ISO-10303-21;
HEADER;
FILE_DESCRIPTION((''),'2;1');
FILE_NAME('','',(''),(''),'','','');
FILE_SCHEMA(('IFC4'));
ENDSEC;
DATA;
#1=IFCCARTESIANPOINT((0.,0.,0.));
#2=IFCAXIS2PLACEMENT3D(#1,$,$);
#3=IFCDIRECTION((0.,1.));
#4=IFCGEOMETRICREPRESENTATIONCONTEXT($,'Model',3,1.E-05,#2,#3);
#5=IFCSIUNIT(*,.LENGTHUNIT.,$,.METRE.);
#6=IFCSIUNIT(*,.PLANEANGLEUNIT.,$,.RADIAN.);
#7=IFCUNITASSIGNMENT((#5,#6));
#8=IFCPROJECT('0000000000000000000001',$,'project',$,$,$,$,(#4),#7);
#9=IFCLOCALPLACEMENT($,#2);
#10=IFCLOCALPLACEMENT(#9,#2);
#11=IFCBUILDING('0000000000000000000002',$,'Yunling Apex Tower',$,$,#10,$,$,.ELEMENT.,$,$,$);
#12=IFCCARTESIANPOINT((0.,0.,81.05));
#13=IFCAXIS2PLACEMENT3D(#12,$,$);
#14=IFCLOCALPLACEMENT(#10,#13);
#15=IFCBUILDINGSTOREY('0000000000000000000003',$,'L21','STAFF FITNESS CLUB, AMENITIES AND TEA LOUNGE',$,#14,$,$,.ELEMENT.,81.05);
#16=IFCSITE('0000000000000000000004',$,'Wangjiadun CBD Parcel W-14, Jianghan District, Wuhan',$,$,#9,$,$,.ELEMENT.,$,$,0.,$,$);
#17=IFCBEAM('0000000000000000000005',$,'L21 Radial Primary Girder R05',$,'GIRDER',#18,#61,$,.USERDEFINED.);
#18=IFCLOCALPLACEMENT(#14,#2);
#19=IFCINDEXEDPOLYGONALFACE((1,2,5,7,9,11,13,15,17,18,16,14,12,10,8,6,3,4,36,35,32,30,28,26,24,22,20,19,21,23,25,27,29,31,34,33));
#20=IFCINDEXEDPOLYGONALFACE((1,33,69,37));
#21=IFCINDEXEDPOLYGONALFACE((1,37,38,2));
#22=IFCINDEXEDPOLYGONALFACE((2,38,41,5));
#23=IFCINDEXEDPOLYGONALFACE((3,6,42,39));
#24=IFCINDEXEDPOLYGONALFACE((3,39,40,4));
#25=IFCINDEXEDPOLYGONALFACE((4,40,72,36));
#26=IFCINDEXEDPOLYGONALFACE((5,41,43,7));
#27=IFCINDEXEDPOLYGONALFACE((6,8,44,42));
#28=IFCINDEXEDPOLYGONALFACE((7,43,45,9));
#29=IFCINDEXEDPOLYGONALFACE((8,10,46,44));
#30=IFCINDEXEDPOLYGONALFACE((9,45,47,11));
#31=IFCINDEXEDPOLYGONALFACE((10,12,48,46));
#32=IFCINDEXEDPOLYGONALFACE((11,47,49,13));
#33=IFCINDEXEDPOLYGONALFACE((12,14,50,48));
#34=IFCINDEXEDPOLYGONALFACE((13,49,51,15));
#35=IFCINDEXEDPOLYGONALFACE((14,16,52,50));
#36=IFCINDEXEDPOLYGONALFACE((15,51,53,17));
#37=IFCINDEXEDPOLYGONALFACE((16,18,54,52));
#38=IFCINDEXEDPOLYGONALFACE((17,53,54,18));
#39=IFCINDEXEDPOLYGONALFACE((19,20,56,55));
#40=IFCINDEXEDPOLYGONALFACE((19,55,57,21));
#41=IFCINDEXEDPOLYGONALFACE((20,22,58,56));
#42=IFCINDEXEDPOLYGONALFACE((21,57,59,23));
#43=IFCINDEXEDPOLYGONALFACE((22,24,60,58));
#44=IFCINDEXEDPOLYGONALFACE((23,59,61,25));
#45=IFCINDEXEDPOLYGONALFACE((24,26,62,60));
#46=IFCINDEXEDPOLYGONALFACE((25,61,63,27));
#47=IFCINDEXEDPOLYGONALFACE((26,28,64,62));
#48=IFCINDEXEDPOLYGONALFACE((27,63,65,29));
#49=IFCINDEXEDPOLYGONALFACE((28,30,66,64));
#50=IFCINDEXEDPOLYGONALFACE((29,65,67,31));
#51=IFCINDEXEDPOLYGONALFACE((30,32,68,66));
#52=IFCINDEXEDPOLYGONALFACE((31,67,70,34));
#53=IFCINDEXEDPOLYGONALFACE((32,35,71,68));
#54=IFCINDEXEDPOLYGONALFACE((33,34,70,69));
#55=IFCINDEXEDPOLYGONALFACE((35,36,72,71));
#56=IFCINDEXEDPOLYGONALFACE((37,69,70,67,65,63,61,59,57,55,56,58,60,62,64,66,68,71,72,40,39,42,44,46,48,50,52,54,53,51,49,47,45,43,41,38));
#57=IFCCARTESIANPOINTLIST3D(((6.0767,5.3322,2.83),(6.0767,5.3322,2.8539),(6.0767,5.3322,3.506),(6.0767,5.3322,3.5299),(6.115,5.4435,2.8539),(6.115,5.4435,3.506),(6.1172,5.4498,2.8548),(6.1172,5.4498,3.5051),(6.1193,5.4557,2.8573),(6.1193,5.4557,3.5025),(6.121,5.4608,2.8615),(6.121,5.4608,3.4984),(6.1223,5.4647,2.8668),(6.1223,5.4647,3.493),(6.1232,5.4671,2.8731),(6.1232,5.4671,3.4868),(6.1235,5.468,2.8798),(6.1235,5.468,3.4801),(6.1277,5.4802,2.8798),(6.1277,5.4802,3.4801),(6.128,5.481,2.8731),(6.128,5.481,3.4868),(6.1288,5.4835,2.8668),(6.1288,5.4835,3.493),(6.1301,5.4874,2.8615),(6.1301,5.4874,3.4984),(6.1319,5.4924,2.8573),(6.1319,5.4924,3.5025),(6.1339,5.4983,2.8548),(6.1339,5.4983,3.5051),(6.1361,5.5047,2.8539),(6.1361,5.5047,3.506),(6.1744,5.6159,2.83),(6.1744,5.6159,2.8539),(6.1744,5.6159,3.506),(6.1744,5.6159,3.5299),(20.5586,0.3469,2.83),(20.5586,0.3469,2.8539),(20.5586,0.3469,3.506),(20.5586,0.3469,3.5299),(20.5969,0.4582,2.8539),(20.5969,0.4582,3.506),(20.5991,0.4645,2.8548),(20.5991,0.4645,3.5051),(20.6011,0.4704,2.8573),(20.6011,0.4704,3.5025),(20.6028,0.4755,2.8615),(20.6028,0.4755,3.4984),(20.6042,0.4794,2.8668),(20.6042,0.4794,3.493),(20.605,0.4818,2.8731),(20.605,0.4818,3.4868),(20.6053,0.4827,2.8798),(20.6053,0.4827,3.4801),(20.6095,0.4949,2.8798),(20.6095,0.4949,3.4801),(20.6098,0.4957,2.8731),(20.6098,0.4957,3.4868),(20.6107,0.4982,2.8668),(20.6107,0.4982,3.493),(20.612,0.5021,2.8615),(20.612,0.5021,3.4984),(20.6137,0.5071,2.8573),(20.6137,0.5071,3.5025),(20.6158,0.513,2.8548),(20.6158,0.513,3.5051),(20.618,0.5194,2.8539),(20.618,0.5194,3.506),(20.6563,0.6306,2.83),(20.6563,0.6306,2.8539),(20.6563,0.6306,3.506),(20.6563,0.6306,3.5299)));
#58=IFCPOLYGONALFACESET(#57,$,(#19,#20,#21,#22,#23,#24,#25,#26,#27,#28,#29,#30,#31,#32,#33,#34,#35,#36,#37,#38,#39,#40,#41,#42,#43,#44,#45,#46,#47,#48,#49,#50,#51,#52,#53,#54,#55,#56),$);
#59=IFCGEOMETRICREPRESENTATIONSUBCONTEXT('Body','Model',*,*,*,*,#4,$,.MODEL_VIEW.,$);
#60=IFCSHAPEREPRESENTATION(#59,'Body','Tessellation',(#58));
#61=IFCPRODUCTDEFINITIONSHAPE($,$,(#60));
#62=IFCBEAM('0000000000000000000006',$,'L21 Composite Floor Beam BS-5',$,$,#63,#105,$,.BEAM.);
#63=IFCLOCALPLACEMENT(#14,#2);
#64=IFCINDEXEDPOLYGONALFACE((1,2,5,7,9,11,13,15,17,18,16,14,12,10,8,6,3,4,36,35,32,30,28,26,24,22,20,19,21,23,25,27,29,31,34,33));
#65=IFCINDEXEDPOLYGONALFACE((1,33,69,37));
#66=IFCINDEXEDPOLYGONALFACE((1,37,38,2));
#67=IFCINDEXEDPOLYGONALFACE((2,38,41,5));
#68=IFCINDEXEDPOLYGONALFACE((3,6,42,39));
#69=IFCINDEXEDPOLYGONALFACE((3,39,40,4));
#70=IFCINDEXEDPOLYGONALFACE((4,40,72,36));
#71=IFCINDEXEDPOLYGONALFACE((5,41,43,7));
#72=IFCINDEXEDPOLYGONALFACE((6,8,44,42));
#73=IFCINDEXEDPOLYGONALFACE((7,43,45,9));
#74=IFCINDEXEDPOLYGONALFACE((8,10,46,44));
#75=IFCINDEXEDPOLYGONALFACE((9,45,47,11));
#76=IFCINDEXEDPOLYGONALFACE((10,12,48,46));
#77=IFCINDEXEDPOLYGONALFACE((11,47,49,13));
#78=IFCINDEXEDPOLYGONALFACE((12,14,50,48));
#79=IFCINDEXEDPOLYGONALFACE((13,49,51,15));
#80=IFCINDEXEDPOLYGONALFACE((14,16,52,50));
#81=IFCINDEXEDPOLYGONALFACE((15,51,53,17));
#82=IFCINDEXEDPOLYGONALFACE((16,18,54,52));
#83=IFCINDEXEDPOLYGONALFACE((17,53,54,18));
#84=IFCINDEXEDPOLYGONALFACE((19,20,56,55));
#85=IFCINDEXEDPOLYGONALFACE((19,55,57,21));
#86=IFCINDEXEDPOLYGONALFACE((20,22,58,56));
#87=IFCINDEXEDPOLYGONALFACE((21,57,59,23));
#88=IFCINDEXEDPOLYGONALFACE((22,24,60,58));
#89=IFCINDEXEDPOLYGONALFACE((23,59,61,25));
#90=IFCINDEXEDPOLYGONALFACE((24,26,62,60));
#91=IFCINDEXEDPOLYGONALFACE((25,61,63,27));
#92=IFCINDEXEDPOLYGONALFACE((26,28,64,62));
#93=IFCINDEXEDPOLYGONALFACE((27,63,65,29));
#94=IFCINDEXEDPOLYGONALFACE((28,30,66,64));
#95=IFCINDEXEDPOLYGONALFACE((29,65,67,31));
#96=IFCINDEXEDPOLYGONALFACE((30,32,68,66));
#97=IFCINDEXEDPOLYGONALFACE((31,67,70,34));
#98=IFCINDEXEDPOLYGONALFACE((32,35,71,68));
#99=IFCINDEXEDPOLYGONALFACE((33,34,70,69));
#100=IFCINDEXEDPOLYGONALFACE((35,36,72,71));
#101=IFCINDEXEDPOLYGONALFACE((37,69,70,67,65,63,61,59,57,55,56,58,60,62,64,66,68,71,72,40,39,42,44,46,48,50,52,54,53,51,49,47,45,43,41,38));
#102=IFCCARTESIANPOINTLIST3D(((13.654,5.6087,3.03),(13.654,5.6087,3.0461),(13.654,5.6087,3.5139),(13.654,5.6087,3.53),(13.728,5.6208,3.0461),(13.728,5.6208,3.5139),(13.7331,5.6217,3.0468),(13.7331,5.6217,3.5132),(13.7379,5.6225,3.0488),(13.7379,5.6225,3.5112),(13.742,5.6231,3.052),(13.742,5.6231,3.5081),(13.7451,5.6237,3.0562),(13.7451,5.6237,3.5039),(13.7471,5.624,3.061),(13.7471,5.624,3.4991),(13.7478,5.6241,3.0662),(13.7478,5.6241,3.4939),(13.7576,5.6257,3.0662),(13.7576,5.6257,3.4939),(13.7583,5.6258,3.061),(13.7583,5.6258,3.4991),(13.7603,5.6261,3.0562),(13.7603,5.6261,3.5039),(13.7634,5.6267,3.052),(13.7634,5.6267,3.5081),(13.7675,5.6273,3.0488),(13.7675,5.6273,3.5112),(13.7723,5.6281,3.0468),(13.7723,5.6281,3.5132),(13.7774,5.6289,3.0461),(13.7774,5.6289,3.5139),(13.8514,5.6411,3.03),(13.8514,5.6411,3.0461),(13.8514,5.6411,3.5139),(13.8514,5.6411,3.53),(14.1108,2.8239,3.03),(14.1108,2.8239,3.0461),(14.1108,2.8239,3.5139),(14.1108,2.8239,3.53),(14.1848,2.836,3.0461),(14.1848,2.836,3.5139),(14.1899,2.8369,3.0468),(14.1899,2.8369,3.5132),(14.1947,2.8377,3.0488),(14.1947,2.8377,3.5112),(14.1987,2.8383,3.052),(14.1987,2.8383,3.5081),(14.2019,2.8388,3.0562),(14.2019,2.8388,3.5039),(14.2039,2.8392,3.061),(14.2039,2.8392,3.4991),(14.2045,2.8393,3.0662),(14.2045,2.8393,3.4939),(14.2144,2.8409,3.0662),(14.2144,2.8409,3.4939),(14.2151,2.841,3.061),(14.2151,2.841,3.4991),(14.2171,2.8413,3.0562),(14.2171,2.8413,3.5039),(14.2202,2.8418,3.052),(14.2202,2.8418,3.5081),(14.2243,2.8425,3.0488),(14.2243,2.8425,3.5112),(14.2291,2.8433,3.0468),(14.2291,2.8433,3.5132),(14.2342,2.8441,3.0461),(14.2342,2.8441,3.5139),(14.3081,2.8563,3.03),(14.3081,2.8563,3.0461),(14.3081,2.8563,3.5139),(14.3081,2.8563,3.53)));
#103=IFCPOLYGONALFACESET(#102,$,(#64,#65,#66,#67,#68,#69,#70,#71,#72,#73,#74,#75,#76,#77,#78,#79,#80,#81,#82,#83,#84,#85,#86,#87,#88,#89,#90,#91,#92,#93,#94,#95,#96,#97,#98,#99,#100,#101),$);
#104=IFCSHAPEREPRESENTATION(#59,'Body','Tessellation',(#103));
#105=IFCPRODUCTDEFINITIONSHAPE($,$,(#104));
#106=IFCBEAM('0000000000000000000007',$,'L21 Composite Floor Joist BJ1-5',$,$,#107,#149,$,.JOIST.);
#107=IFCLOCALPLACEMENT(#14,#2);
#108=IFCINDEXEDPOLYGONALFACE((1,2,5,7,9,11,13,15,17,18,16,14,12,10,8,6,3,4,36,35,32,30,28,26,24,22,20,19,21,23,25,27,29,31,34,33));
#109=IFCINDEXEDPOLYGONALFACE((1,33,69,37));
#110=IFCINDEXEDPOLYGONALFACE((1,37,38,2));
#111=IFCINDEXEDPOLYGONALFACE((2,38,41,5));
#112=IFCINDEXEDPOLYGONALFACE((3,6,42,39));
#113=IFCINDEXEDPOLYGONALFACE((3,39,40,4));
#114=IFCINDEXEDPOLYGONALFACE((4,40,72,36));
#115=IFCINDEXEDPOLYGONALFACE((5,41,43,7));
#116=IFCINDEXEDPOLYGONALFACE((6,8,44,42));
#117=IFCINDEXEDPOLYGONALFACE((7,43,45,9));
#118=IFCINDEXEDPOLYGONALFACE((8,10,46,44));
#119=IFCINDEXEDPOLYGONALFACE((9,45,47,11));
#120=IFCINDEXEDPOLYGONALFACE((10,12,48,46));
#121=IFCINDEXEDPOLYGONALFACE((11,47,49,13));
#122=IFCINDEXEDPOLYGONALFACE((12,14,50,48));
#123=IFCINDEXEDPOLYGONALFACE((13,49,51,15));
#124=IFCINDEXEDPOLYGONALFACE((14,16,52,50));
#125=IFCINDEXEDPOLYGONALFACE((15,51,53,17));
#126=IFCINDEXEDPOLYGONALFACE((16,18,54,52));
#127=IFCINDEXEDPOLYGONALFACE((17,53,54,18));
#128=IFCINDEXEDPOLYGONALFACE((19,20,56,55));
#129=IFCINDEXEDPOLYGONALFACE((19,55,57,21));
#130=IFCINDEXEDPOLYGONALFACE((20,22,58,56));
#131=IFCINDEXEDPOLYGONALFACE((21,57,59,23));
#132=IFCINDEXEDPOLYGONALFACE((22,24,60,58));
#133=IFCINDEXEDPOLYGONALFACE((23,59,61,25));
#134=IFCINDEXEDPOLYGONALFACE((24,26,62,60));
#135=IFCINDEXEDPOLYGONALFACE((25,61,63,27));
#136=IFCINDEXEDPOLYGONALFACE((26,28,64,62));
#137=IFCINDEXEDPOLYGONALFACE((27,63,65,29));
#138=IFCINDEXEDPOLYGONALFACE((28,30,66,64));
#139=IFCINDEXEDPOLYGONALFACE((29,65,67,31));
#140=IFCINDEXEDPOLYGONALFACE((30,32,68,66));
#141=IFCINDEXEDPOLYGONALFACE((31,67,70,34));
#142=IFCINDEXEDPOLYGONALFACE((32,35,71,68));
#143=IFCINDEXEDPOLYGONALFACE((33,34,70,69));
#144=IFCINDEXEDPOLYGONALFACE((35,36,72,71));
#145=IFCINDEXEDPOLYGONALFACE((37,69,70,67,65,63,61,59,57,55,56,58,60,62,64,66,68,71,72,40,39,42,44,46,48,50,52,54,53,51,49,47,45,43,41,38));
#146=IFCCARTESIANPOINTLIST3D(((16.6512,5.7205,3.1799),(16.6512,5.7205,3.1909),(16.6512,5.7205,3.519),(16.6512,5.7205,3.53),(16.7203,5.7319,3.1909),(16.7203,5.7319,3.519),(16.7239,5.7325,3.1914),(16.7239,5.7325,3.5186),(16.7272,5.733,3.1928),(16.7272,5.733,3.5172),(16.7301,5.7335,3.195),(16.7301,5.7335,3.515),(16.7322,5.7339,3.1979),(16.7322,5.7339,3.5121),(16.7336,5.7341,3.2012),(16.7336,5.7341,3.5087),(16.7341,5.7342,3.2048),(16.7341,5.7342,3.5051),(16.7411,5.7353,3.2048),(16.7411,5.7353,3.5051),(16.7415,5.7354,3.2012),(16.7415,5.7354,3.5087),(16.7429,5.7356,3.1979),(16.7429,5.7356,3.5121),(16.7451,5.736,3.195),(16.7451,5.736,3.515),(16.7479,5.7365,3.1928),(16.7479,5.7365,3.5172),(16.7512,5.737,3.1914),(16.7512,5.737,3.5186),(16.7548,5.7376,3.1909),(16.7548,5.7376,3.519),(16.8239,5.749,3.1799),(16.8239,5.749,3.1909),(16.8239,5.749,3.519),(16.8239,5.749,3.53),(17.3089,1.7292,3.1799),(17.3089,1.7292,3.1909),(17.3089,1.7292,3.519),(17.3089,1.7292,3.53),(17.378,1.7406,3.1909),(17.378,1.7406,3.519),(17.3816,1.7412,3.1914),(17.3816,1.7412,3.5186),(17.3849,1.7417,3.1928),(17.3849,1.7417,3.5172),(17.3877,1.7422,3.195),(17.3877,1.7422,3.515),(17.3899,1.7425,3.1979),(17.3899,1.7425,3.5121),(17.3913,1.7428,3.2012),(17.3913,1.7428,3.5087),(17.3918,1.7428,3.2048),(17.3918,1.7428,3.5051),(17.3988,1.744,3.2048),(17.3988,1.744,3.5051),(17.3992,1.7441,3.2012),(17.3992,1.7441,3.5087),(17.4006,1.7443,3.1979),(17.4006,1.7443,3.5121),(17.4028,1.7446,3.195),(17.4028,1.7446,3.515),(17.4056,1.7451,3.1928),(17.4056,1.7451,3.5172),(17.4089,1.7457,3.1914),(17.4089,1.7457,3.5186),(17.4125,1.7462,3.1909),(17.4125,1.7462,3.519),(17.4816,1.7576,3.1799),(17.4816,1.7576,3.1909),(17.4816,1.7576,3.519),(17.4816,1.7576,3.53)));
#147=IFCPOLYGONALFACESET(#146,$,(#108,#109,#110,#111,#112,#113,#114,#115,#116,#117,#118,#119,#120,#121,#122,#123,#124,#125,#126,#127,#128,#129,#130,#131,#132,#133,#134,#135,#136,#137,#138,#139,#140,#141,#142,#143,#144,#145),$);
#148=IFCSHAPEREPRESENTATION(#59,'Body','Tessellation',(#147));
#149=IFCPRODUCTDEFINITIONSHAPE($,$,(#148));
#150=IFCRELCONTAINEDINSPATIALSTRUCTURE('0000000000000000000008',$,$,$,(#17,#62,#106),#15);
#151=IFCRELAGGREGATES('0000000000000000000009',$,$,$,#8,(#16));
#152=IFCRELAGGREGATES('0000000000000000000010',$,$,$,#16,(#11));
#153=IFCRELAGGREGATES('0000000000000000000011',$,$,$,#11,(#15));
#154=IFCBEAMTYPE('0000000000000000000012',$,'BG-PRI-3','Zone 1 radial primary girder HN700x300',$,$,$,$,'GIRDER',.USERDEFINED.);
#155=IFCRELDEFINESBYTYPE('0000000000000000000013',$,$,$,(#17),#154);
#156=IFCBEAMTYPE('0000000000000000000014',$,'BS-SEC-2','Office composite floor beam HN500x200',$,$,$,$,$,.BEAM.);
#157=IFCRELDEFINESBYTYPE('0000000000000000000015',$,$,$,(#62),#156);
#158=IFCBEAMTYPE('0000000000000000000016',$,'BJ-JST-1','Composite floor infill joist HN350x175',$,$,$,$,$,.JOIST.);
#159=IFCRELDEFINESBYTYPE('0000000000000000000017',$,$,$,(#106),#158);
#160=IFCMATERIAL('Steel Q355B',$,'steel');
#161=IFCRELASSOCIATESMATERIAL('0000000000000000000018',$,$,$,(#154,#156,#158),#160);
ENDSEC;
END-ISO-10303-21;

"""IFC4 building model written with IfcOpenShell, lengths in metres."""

from ifc_helpers import new_model, si_unit, direction, frame, origin, origin_2d, place, context, subcontext, project, spatial, i_section, extrude, source, transform, mapped, material, material_profile, profile_set, type_object, element, save


model = new_model("IFC4")

# Units and contexts
model_context = context("Model", 3, precision=1e-05, world=origin(), true_north=direction((0.0, 1.0)))
body_context = subcontext(model_context, "Body", "Model", "MODEL_VIEW")
ifc_project = project(units=[si_unit("LENGTHUNIT", "METRE"), si_unit("PLANEANGLEUNIT", "RADIAN")], contexts=[model_context])

# Site, building, storey
site_placement = place(None, origin())
site = spatial("IfcSite", under=ifc_project, at=site_placement, Name="Wangjiadun CBD Parcel W-14, Jianghan District, Wuhan", CompositionType="ELEMENT", RefElevation=0.0)
building_placement = place(site_placement, origin())
building = spatial("IfcBuilding", under=site, at=building_placement, Name="Yunling Apex Tower", CompositionType="ELEMENT")
storey_placement = place(building_placement, frame((0.0, 0.0, 81.05)))
storey = spatial("IfcBuildingStorey", under=building, at=storey_placement, Name="L21", Description="STAFF FITNESS CLUB, AMENITIES AND TEA LOUNGE", CompositionType="ELEMENT", Elevation=81.05)

# Beams
ifc_material_1 = material(Name="Steel Q355B", Category="steel")
ifc_material_profile_1 = material_profile(ifc_material_1, i_section(OverallWidth=0.3, OverallDepth=0.7, WebThickness=0.0129, FlangeThickness=0.0239, FilletRadius=0.0259, at=origin_2d()))
ifc_profile_set_1 = profile_set([ifc_material_profile_1], Name="Steel Q355B")
beam_type_1 = type_object("IfcBeamType", Name="BG-PRI-3", Description="Zone 1 radial primary girder HN700x300", ElementType="GIRDER", PredefinedType="USERDEFINED", material=ifc_profile_set_1)
ifc_material_profile_2 = material_profile(ifc_material_1, i_section(OverallWidth=0.2, OverallDepth=0.5, WebThickness=0.01, FlangeThickness=0.0161, FilletRadius=0.02, at=origin_2d()))
ifc_profile_set_2 = profile_set([ifc_material_profile_2], Name="Steel Q355B")
beam_type_2 = type_object("IfcBeamType", Name="BS-SEC-2", Description="Office composite floor beam HN500x200", PredefinedType="BEAM", material=ifc_profile_set_2)
ifc_material_profile_3 = material_profile(ifc_material_1, i_section(OverallWidth=0.175, OverallDepth=0.3501, WebThickness=0.0071, FlangeThickness=0.011, FilletRadius=0.0139, at=origin_2d()))
ifc_profile_set_3 = profile_set([ifc_material_profile_3], Name="Steel Q355B")
beam_type_3 = type_object("IfcBeamType", Name="BJ-JST-1", Description="Composite floor infill joist HN350x175", PredefinedType="JOIST", material=ifc_profile_set_3)
shared_shape_1 = source(origin(), body_context, "Body", "SweptSolid", [
    extrude(i_section(OverallWidth=0.3, OverallDepth=0.7, WebThickness=0.0129, FlangeThickness=0.0239, FilletRadius=0.0259, at=origin_2d()), origin(), (0.0, 0.0, 1.0), 15.3159),
])
beam_1_placement = place(storey_placement, frame((20.6074, 0.4888, 3.1799), z_axis=(-0.945542, 0.325499, 0.0), x_axis=(-0.325499, -0.945542, 0.0)))
element("IfcBeam", 1, at=beam_1_placement, inside=storey, type_object=beam_type_1, Name="L21 Radial Primary Girder R05", ObjectType="GIRDER", PredefinedType="USERDEFINED", context=body_context, shape_type="MappedRepresentation", body=[
    mapped(shared_shape_1, transform((0.0, 0.0, 0.0), scale=1.0)),
])
shared_shape_2 = source(origin(), body_context, "Body", "SweptSolid", [
    extrude(i_section(OverallWidth=0.2, OverallDepth=0.5, WebThickness=0.01, FlangeThickness=0.0161, FilletRadius=0.02, at=origin_2d()), origin(), (0.0, 0.0, 1.0), 2.822),
])
beam_2_placement = place(storey_placement, frame((14.2095, 2.8401, 3.28), z_axis=(-0.161859, 0.986814, 0.0), x_axis=(-0.986814, -0.161859, 0.0)))
element("IfcBeam", 2, at=beam_2_placement, inside=storey, type_object=beam_type_2, Name="L21 Composite Floor Beam BS-5", PredefinedType="BEAM", context=body_context, shape_type="MappedRepresentation", body=[
    mapped(shared_shape_2, transform((0.0, 0.0, 0.0), scale=1.0)),
])
shared_shape_3 = source(origin(), body_context, "Body", "SweptSolid", [
    extrude(i_section(OverallWidth=0.175, OverallDepth=0.3501, WebThickness=0.0071, FlangeThickness=0.011, FilletRadius=0.0139, at=origin_2d()), origin(), (0.0, 0.0, 1.0), 4.0452),
])
beam_3_placement = place(storey_placement, frame((17.3953, 1.7434, 3.355), z_axis=(-0.162588, 0.986694, 0.0), x_axis=(-0.986694, -0.162588, 0.0)))
element("IfcBeam", 3, at=beam_3_placement, inside=storey, type_object=beam_type_3, Name="L21 Composite Floor Joist BJ1-5", PredefinedType="JOIST", context=body_context, shape_type="MappedRepresentation", body=[
    mapped(shared_shape_3, transform((0.0, 0.0, 0.0), scale=1.0)),
])

save(model, "model.ifc")
